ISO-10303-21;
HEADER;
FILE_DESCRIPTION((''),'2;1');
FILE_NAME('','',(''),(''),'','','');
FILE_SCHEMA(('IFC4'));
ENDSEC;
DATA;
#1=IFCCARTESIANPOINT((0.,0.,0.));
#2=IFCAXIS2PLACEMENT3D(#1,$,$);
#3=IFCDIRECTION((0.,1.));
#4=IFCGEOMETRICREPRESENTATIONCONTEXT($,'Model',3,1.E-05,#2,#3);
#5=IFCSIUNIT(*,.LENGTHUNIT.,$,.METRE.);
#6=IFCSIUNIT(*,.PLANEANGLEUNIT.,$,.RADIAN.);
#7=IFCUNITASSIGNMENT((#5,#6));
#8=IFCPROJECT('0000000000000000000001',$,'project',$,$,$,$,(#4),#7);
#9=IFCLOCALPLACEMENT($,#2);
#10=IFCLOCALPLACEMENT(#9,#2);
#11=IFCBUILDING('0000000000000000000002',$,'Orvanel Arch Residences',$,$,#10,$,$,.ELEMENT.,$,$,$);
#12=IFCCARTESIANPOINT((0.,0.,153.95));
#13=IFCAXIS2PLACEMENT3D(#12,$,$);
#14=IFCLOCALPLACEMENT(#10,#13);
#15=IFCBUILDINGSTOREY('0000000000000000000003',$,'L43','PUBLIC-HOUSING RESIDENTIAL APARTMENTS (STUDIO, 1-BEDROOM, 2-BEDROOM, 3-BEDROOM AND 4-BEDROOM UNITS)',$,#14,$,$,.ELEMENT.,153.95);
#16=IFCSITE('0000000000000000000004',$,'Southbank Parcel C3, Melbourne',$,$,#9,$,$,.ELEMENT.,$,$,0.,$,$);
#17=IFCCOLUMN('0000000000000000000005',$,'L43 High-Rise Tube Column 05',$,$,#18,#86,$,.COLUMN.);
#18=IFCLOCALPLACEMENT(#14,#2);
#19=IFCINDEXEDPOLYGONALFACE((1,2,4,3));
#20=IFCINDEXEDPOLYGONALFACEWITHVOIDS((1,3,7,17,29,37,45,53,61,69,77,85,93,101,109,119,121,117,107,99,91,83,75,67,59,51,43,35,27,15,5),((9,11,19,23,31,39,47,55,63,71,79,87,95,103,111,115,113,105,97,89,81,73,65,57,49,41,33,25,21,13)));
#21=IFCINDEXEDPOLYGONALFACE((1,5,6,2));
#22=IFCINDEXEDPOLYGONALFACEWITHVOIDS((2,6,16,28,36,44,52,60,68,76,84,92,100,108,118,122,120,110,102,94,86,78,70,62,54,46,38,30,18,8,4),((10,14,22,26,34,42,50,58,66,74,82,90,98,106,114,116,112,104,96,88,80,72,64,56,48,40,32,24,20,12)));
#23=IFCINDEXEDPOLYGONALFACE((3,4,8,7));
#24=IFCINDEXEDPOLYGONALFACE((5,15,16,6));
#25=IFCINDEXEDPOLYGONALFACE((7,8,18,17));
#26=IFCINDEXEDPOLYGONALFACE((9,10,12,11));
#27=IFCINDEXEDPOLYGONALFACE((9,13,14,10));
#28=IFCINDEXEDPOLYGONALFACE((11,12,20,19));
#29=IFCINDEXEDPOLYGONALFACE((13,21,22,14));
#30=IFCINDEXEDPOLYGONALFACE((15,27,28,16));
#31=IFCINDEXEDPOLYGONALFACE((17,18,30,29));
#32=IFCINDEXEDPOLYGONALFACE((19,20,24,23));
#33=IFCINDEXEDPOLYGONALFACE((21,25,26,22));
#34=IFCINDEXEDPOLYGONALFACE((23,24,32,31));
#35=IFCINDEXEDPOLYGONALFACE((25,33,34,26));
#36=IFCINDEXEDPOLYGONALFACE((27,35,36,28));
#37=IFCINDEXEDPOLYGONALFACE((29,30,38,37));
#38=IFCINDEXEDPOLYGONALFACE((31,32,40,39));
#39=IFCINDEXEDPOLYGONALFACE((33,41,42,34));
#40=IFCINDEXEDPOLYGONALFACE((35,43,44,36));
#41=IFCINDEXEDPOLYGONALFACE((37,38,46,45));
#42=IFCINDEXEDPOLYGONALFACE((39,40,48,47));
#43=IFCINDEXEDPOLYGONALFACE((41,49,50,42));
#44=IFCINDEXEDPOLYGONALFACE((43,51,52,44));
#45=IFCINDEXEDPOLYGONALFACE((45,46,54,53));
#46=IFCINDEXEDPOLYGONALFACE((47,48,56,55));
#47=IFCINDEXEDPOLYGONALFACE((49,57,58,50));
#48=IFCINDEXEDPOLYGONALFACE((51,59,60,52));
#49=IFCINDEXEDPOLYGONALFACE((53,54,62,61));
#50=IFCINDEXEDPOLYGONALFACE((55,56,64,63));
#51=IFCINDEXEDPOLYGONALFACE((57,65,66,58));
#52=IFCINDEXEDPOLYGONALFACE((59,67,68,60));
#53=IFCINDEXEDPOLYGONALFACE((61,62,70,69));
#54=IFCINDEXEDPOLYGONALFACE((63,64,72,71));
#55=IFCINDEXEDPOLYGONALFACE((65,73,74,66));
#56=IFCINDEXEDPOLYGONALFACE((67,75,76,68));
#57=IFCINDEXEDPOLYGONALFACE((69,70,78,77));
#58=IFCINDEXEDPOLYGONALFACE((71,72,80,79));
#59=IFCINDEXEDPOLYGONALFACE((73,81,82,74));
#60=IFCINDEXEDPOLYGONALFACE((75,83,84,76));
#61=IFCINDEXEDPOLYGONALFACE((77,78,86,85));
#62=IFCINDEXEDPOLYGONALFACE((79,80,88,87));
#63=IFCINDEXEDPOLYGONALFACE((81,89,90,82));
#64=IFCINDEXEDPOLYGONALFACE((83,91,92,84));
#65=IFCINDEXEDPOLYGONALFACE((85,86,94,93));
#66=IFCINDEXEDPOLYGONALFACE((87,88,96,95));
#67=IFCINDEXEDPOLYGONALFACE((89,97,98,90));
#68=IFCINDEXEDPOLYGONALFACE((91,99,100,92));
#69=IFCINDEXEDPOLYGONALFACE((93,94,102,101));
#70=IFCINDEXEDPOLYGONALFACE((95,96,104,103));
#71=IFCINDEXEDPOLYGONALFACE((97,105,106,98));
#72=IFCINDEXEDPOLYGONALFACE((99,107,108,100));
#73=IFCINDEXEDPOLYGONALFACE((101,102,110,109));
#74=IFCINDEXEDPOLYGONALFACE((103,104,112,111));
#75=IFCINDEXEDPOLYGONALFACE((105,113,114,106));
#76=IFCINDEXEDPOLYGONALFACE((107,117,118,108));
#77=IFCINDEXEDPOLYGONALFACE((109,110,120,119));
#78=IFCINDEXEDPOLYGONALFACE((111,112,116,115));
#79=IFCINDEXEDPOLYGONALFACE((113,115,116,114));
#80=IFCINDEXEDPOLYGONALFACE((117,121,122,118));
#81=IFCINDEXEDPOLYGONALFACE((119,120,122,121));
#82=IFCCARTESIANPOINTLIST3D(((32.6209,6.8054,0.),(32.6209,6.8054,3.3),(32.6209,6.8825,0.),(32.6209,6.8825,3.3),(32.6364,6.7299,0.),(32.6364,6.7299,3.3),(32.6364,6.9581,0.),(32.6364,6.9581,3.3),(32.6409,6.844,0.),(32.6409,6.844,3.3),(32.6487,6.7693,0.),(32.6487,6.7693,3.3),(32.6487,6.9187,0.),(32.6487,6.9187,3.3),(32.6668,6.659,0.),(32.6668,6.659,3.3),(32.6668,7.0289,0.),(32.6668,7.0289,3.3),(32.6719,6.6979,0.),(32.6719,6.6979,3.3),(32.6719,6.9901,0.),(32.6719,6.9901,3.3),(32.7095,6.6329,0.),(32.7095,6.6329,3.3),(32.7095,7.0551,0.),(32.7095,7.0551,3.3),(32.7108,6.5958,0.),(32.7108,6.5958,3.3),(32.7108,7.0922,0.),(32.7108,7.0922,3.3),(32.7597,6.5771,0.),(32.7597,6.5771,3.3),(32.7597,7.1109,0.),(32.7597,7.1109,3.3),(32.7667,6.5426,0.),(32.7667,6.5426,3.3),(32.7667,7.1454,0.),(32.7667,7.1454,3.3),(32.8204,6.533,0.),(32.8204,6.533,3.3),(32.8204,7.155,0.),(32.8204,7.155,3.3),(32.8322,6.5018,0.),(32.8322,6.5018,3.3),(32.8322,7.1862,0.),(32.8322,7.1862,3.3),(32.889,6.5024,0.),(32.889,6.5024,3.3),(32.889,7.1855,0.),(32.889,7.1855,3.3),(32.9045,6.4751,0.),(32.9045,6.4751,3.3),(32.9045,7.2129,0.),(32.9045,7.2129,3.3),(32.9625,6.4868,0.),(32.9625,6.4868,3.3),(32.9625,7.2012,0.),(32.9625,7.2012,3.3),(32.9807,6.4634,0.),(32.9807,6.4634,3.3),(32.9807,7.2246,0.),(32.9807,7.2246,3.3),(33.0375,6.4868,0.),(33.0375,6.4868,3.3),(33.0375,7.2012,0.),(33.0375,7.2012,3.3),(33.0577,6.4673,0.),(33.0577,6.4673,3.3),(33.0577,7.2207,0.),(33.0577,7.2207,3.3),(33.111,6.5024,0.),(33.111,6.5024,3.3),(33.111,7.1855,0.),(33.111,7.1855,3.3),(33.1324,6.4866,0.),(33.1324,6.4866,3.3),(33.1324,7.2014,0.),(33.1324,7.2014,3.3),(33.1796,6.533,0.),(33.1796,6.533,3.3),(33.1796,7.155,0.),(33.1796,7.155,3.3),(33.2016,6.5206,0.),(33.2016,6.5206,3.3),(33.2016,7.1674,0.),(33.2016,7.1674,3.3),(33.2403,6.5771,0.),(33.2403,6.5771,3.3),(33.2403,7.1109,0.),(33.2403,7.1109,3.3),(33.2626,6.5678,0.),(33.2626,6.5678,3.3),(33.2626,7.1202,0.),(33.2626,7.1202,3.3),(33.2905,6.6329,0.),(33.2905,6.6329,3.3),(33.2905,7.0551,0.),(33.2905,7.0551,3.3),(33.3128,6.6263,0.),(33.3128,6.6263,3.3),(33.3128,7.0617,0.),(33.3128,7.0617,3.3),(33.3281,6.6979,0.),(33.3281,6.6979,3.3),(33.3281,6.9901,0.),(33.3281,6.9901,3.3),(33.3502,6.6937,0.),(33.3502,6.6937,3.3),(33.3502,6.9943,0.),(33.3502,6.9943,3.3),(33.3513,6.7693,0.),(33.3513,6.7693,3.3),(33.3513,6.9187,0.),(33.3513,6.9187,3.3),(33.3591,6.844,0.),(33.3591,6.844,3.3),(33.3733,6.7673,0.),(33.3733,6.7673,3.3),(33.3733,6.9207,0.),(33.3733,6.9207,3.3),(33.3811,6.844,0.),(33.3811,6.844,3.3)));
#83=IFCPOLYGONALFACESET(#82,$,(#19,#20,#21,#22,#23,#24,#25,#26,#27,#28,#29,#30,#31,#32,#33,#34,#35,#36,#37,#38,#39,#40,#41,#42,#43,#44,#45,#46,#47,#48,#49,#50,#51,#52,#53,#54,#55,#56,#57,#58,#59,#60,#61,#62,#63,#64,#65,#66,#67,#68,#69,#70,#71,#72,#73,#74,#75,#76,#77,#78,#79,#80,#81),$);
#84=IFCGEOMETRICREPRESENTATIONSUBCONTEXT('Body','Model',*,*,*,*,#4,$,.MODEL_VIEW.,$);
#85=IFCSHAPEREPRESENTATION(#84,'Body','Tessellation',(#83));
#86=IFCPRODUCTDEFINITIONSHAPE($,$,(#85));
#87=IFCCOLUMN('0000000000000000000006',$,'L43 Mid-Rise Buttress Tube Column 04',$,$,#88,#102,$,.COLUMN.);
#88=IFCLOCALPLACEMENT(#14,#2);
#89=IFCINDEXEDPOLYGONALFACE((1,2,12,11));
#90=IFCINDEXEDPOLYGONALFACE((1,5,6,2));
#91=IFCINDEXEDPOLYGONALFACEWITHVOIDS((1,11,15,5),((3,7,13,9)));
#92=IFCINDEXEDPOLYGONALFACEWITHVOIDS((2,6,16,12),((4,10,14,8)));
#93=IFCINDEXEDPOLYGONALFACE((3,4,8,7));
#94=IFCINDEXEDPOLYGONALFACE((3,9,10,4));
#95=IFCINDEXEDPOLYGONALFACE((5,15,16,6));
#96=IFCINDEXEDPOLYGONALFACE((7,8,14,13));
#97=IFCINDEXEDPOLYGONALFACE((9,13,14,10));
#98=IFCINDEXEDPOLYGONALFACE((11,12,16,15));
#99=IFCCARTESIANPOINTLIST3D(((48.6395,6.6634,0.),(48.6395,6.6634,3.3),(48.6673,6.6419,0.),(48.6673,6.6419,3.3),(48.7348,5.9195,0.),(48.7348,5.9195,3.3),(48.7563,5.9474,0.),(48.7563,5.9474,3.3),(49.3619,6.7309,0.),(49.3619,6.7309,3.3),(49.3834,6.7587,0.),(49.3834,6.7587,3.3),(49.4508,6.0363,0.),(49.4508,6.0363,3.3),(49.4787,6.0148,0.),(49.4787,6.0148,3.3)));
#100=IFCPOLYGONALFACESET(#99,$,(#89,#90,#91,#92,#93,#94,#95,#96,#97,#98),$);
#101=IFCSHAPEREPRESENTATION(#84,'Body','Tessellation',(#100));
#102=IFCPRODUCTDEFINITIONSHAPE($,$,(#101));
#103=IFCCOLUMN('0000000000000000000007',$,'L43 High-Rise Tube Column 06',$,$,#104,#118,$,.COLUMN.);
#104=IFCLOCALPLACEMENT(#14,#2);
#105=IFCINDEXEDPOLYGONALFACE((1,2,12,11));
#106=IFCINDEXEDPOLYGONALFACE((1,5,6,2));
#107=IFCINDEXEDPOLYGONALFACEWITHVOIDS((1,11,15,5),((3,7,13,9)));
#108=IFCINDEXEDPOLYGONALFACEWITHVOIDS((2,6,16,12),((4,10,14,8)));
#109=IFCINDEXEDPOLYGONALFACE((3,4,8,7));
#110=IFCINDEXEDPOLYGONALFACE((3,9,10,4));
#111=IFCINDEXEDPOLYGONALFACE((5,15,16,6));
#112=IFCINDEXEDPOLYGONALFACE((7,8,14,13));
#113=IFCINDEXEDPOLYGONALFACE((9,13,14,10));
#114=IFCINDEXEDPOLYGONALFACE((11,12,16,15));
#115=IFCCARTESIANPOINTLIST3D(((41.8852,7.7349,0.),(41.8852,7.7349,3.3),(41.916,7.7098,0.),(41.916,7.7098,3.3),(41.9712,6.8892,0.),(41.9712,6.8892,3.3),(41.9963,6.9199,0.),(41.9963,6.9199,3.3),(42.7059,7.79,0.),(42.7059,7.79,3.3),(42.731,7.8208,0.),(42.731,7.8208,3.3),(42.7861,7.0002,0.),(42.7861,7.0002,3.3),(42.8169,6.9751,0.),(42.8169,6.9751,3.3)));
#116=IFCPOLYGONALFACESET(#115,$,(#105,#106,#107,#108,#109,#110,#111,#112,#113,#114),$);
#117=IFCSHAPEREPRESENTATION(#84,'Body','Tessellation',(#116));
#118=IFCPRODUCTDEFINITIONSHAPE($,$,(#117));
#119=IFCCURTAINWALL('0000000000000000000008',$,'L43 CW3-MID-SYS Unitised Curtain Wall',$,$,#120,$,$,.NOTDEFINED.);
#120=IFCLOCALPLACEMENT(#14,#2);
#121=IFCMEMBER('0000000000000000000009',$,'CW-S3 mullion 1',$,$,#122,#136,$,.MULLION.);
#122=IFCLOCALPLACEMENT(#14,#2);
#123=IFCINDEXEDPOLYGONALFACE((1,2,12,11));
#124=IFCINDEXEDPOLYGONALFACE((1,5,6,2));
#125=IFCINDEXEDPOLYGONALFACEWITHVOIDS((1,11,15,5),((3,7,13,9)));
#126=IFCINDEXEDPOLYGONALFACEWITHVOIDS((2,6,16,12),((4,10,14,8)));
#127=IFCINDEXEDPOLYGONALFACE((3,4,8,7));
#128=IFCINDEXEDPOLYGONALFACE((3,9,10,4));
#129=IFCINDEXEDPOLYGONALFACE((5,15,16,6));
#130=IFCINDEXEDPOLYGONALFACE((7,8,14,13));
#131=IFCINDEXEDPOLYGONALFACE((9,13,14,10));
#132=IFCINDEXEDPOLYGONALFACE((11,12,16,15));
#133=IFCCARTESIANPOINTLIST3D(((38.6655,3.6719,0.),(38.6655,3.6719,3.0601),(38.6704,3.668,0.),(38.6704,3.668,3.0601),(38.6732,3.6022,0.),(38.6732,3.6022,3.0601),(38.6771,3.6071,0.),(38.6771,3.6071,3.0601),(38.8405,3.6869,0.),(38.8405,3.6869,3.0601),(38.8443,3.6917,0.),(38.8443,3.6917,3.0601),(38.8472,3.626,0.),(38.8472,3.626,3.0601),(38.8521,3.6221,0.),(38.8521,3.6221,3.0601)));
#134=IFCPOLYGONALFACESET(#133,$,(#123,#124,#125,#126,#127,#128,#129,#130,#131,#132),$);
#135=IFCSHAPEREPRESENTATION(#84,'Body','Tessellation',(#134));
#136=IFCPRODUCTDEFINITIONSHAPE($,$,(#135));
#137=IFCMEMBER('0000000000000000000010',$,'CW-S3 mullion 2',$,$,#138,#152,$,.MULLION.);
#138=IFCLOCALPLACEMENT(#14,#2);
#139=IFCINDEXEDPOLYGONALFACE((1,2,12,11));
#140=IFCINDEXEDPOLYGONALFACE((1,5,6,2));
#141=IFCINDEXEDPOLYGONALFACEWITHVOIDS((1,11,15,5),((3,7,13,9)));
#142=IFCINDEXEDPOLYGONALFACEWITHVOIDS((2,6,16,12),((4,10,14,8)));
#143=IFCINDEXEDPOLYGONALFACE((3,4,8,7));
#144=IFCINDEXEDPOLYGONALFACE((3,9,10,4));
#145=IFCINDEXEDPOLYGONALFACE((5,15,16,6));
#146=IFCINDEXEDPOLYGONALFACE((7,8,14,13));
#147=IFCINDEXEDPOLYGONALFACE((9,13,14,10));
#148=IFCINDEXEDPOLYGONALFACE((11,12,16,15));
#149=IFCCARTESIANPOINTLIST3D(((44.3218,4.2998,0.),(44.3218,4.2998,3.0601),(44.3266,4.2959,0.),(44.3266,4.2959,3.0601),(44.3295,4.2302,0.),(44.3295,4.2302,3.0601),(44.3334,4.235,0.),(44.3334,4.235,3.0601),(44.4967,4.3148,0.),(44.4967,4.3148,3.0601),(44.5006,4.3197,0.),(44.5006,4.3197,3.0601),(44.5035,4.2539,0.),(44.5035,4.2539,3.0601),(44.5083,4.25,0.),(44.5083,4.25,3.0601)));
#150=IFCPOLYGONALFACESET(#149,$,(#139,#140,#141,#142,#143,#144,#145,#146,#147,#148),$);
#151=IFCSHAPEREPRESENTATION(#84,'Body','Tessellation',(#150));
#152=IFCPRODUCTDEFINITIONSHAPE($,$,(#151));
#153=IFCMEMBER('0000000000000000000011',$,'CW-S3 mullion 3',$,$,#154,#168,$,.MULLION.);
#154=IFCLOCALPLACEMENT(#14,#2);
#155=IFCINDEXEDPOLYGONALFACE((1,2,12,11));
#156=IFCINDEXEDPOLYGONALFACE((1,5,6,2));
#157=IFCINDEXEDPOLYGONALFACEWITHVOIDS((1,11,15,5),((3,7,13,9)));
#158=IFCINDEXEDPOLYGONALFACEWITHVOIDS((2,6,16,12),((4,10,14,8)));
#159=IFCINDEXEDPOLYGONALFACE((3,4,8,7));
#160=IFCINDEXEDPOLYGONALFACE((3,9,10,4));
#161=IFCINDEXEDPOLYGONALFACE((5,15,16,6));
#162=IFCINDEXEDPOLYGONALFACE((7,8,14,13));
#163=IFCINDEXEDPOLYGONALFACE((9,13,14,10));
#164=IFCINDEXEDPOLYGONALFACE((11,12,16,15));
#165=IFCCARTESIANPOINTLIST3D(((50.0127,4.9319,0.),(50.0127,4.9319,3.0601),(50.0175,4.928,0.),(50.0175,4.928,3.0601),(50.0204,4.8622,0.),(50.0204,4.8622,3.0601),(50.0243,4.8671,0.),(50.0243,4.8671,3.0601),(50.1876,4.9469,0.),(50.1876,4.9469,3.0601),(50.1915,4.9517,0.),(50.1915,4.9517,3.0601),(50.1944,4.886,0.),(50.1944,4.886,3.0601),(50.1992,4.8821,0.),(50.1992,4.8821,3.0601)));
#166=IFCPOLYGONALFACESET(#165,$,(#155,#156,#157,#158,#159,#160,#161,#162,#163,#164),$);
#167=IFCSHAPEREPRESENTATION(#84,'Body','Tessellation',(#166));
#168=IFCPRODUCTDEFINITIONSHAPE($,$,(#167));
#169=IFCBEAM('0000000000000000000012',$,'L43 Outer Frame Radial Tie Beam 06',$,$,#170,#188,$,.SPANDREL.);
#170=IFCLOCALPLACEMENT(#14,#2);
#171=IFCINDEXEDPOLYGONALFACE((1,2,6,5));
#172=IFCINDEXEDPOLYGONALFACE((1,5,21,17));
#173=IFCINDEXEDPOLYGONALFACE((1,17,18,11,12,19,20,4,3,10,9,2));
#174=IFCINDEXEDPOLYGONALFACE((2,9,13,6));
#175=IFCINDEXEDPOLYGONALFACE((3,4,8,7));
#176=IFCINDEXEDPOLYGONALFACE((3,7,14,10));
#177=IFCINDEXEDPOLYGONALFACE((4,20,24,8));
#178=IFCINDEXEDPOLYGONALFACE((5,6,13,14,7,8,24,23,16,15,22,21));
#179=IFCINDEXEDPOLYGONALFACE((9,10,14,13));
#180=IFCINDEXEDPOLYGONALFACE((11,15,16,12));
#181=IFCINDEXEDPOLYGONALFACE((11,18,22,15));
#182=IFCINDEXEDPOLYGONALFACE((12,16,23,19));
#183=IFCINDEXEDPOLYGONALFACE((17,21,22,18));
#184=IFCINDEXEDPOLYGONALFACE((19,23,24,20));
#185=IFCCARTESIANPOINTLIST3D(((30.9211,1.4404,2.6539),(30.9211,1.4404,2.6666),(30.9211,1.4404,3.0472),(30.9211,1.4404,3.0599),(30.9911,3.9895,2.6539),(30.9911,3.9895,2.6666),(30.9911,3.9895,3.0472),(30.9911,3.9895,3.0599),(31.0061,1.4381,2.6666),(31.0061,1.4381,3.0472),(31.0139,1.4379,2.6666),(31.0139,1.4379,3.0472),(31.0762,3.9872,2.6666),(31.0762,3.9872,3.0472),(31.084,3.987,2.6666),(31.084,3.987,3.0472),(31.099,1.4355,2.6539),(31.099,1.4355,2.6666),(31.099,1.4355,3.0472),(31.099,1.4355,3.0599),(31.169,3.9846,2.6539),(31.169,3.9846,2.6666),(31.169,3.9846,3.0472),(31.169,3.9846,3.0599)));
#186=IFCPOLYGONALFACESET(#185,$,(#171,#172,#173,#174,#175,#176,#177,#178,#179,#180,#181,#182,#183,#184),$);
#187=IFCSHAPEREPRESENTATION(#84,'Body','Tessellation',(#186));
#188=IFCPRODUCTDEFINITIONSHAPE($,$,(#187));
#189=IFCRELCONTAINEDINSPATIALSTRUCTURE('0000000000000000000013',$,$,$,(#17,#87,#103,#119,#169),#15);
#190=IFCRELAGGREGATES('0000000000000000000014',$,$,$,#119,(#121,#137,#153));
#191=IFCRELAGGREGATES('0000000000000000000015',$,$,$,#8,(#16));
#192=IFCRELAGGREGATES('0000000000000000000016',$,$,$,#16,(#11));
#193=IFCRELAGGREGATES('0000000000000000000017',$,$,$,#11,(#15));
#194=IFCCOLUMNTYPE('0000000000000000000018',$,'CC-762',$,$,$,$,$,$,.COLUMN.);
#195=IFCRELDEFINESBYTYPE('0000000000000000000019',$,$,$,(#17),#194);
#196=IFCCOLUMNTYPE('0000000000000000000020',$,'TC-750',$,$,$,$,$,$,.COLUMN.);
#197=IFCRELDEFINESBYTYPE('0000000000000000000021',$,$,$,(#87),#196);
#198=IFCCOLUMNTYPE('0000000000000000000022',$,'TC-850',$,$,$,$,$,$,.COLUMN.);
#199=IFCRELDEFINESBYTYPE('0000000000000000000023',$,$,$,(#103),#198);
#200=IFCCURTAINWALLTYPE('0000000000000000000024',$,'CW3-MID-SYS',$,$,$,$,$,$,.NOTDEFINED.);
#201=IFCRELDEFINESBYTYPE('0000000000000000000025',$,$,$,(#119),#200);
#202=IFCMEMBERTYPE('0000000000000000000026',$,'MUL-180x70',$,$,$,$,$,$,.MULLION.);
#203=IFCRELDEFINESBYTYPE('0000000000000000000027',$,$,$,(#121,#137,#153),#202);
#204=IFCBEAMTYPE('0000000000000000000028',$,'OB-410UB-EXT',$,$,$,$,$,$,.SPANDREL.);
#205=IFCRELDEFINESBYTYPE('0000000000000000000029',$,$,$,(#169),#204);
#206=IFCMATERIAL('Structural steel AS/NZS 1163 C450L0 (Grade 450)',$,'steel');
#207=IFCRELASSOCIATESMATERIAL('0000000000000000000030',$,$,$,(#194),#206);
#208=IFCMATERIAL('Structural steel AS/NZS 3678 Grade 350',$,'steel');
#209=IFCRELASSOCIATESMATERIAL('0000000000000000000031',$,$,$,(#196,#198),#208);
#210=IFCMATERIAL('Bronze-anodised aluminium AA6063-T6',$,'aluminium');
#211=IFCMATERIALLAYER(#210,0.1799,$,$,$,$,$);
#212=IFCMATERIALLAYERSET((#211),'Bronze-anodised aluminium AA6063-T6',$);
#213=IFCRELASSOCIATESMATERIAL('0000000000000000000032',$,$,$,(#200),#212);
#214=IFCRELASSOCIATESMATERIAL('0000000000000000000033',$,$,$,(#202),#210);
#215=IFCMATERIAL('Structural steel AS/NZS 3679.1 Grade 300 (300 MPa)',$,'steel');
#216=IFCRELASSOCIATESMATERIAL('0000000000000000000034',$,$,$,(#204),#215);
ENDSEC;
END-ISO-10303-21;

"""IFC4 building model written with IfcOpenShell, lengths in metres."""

from ifc_helpers import new_model, si_unit, direction, frame, origin, origin_2d, place, context, subcontext, project, spatial, hollow_rectangle, hollow_circle, i_section, extrude, material, layer, layer_set, material_profile, profile_set, type_object, element, aggregate, save


model = new_model("IFC4")

# Units and contexts
model_context = context("Model", 3, precision=1e-05, world=origin(), true_north=direction((0.0, 1.0)))
body_context = subcontext(model_context, "Body", "Model", "MODEL_VIEW")
ifc_project = project(units=[si_unit("LENGTHUNIT", "METRE"), si_unit("PLANEANGLEUNIT", "RADIAN")], contexts=[model_context])

# Site, building, storey
site_placement = place(None, origin())
site = spatial("IfcSite", under=ifc_project, at=site_placement, Name="Southbank Parcel C3, Melbourne", CompositionType="ELEMENT", RefElevation=0.0)
building_placement = place(site_placement, origin())
building = spatial("IfcBuilding", under=site, at=building_placement, Name="Orvanel Arch Residences", CompositionType="ELEMENT")
storey_placement = place(building_placement, frame((0.0, 0.0, 153.95)))
storey = spatial("IfcBuildingStorey", under=building, at=storey_placement, Name="L43", Description="PUBLIC-HOUSING RESIDENTIAL APARTMENTS (STUDIO, 1-BEDROOM, 2-BEDROOM, 3-BEDROOM AND 4-BEDROOM UNITS)", CompositionType="ELEMENT", Elevation=153.95)

# Columns
ifc_material_1 = material(Name="Structural steel AS/NZS 1163 C450L0 (Grade 450)", Category="steel")
ifc_material_profile_1 = material_profile(ifc_material_1, hollow_circle(Radius=0.3811, WallThickness=0.022, at=origin_2d()), Name="CHS762x22")
ifc_profile_set_1 = profile_set([ifc_material_profile_1], Name="Structural steel AS/NZS 1163 C450L0 (Grade 450)")
column_type_1 = type_object("IfcColumnType", Name="CC-762", PredefinedType="COLUMN", material=ifc_profile_set_1)
column_1_placement = place(storey_placement, frame((33.0, 6.844, 0.0), z_axis=(0.0, 0.0, 1.0), x_axis=(1.0, 0.0, 0.0)))
element("IfcColumn", 1, at=column_1_placement, inside=storey, type_object=column_type_1, Name="L43 High-Rise Tube Column 05", PredefinedType="COLUMN", context=body_context, shape_type="SweptSolid", body=[
    extrude(hollow_circle(Radius=0.3811, WallThickness=0.022, at=origin_2d()), origin(), (0.0, 0.0, 1.0), 3.3),
])
ifc_material_2 = material(Name="Structural steel AS/NZS 3678 Grade 350", Category="steel")
ifc_material_profile_2 = material_profile(ifc_material_2, hollow_rectangle(XDim=0.75, YDim=0.75, WallThickness=0.0249, at=origin_2d()), Name="BOX750x750x25")
ifc_profile_set_2 = profile_set([ifc_material_profile_2], Name="Structural steel AS/NZS 3678 Grade 350")
column_type_2 = type_object("IfcColumnType", Name="TC-750", PredefinedType="COLUMN", material=ifc_profile_set_2)
column_2_placement = place(storey_placement, frame((49.0591, 6.3391, 0.0), z_axis=(0.0, 0.0, 1.0), x_axis=(0.991894, 0.127065, 0.0)))
element("IfcColumn", 2, at=column_2_placement, inside=storey, type_object=column_type_2, Name="L43 Mid-Rise Buttress Tube Column 04", PredefinedType="COLUMN", context=body_context, shape_type="SweptSolid", body=[
    extrude(hollow_rectangle(XDim=0.75, YDim=0.75, WallThickness=0.0249, at=origin_2d()), origin(), (0.0, 0.0, 1.0), 3.3),
])
ifc_material_profile_3 = material_profile(ifc_material_2, hollow_rectangle(XDim=0.8501, YDim=0.8501, WallThickness=0.0281, at=origin_2d()), Name="BOX850x850x28")
ifc_profile_set_3 = profile_set([ifc_material_profile_3], Name="Structural steel AS/NZS 3678 Grade 350")
column_type_3 = type_object("IfcColumnType", Name="TC-850", PredefinedType="COLUMN", material=ifc_profile_set_3)
column_3_placement = place(storey_placement, frame((42.3511, 7.355, 0.0), z_axis=(0.0, 0.0, 1.0), x_axis=(0.994881, 0.101056, 0.0)))
element("IfcColumn", 3, at=column_3_placement, inside=storey, type_object=column_type_3, Name="L43 High-Rise Tube Column 06", PredefinedType="COLUMN", context=body_context, shape_type="SweptSolid", body=[
    extrude(hollow_rectangle(XDim=0.8501, YDim=0.8501, WallThickness=0.0281, at=origin_2d()), origin(), (0.0, 0.0, 1.0), 3.3),
])

# Curtain wall, members
ifc_material_3 = material(Name="Bronze-anodised aluminium AA6063-T6", Category="aluminium")
ifc_layer_1 = layer(ifc_material_3, 0.1799)
ifc_layer_set_1 = layer_set([ifc_layer_1], Name="Bronze-anodised aluminium AA6063-T6")
curtain_wall_type = type_object("IfcCurtainWallType", Name="CW3-MID-SYS", PredefinedType="NOTDEFINED", material=ifc_layer_set_1)
curtain_wall_placement = place(storey_placement, origin())
curtain_wall = element("IfcCurtainWall", 4, at=curtain_wall_placement, inside=storey, type_object=curtain_wall_type, Name="L43 CW3-MID-SYS Unitised Curtain Wall", PredefinedType="NOTDEFINED")
ifc_material_profile_4 = material_profile(ifc_material_3, hollow_rectangle(XDim=0.0701, YDim=0.1799, WallThickness=0.0044, at=origin_2d()), Name="ALU180x70x4.5")
ifc_profile_set_4 = profile_set([ifc_material_profile_4], Name="Bronze-anodised aluminium AA6063-T6")
member_type_1 = type_object("IfcMemberType", Name="MUL-180x70", PredefinedType="MULLION", material=ifc_profile_set_4)
member_1_placement = place(storey_placement, frame((38.7588, 3.647, 0.0), z_axis=(0.0, 0.0, 1.0), x_axis=(-0.110374, 0.99389, 0.0)))
member_1 = element("IfcMember", 5, at=member_1_placement, type_object=member_type_1, Name="CW-S3 mullion 1", PredefinedType="MULLION", context=body_context, shape_type="SweptSolid", body=[
    extrude(hollow_rectangle(XDim=0.0701, YDim=0.1799, WallThickness=0.0044, at=origin_2d()), origin(), (0.0, 0.0, 1.0), 3.0601),
])
member_2_placement = place(storey_placement, frame((44.415, 4.2749, 0.0), z_axis=(0.0, 0.0, 1.0), x_axis=(-0.110374, 0.99389, 0.0)))
member_2 = element("IfcMember", 6, at=member_2_placement, type_object=member_type_1, Name="CW-S3 mullion 2", PredefinedType="MULLION", context=body_context, shape_type="SweptSolid", body=[
    extrude(hollow_rectangle(XDim=0.0701, YDim=0.1799, WallThickness=0.0044, at=origin_2d()), origin(), (0.0, 0.0, 1.0), 3.0601),
])
member_3_placement = place(storey_placement, frame((50.106, 4.907, 0.0), z_axis=(0.0, 0.0, 1.0), x_axis=(-0.110374, 0.99389, 0.0)))
member_3 = element("IfcMember", 7, at=member_3_placement, type_object=member_type_1, Name="CW-S3 mullion 3", PredefinedType="MULLION", context=body_context, shape_type="SweptSolid", body=[
    extrude(hollow_rectangle(XDim=0.0701, YDim=0.1799, WallThickness=0.0044, at=origin_2d()), origin(), (0.0, 0.0, 1.0), 3.0601),
])

# Beam
ifc_material_4 = material(Name="Structural steel AS/NZS 3679.1 Grade 300 (300 MPa)", Category="steel")
ifc_material_profile_5 = material_profile(ifc_material_4, i_section(OverallWidth=0.178, OverallDepth=0.406, WebThickness=0.0078, FlangeThickness=0.0127, at=origin_2d()), Name="410UB59.7")
ifc_profile_set_5 = profile_set([ifc_material_profile_5], Name="Structural steel AS/NZS 3679.1 Grade 300 (300 MPa)")
beam_type_1 = type_object("IfcBeamType", Name="OB-410UB-EXT", PredefinedType="SPANDREL", material=ifc_profile_set_5)
beam_1_placement = place(storey_placement, frame((31.0801, 3.9871, 2.8569), z_axis=(-0.027477, -0.999622, 0.0), x_axis=(0.999622, -0.027477, 0.0)))
element("IfcBeam", 8, at=beam_1_placement, inside=storey, type_object=beam_type_1, Name="L43 Outer Frame Radial Tie Beam 06", PredefinedType="SPANDREL", context=body_context, shape_type="SweptSolid", body=[
    extrude(i_section(OverallWidth=0.178, OverallDepth=0.406, WebThickness=0.0078, FlangeThickness=0.0127, at=origin_2d()), origin(), (0.0, 0.0, 1.0), 2.55),
])

aggregate(curtain_wall, [member_1, member_2, member_3])

save(model, "model.ifc")
